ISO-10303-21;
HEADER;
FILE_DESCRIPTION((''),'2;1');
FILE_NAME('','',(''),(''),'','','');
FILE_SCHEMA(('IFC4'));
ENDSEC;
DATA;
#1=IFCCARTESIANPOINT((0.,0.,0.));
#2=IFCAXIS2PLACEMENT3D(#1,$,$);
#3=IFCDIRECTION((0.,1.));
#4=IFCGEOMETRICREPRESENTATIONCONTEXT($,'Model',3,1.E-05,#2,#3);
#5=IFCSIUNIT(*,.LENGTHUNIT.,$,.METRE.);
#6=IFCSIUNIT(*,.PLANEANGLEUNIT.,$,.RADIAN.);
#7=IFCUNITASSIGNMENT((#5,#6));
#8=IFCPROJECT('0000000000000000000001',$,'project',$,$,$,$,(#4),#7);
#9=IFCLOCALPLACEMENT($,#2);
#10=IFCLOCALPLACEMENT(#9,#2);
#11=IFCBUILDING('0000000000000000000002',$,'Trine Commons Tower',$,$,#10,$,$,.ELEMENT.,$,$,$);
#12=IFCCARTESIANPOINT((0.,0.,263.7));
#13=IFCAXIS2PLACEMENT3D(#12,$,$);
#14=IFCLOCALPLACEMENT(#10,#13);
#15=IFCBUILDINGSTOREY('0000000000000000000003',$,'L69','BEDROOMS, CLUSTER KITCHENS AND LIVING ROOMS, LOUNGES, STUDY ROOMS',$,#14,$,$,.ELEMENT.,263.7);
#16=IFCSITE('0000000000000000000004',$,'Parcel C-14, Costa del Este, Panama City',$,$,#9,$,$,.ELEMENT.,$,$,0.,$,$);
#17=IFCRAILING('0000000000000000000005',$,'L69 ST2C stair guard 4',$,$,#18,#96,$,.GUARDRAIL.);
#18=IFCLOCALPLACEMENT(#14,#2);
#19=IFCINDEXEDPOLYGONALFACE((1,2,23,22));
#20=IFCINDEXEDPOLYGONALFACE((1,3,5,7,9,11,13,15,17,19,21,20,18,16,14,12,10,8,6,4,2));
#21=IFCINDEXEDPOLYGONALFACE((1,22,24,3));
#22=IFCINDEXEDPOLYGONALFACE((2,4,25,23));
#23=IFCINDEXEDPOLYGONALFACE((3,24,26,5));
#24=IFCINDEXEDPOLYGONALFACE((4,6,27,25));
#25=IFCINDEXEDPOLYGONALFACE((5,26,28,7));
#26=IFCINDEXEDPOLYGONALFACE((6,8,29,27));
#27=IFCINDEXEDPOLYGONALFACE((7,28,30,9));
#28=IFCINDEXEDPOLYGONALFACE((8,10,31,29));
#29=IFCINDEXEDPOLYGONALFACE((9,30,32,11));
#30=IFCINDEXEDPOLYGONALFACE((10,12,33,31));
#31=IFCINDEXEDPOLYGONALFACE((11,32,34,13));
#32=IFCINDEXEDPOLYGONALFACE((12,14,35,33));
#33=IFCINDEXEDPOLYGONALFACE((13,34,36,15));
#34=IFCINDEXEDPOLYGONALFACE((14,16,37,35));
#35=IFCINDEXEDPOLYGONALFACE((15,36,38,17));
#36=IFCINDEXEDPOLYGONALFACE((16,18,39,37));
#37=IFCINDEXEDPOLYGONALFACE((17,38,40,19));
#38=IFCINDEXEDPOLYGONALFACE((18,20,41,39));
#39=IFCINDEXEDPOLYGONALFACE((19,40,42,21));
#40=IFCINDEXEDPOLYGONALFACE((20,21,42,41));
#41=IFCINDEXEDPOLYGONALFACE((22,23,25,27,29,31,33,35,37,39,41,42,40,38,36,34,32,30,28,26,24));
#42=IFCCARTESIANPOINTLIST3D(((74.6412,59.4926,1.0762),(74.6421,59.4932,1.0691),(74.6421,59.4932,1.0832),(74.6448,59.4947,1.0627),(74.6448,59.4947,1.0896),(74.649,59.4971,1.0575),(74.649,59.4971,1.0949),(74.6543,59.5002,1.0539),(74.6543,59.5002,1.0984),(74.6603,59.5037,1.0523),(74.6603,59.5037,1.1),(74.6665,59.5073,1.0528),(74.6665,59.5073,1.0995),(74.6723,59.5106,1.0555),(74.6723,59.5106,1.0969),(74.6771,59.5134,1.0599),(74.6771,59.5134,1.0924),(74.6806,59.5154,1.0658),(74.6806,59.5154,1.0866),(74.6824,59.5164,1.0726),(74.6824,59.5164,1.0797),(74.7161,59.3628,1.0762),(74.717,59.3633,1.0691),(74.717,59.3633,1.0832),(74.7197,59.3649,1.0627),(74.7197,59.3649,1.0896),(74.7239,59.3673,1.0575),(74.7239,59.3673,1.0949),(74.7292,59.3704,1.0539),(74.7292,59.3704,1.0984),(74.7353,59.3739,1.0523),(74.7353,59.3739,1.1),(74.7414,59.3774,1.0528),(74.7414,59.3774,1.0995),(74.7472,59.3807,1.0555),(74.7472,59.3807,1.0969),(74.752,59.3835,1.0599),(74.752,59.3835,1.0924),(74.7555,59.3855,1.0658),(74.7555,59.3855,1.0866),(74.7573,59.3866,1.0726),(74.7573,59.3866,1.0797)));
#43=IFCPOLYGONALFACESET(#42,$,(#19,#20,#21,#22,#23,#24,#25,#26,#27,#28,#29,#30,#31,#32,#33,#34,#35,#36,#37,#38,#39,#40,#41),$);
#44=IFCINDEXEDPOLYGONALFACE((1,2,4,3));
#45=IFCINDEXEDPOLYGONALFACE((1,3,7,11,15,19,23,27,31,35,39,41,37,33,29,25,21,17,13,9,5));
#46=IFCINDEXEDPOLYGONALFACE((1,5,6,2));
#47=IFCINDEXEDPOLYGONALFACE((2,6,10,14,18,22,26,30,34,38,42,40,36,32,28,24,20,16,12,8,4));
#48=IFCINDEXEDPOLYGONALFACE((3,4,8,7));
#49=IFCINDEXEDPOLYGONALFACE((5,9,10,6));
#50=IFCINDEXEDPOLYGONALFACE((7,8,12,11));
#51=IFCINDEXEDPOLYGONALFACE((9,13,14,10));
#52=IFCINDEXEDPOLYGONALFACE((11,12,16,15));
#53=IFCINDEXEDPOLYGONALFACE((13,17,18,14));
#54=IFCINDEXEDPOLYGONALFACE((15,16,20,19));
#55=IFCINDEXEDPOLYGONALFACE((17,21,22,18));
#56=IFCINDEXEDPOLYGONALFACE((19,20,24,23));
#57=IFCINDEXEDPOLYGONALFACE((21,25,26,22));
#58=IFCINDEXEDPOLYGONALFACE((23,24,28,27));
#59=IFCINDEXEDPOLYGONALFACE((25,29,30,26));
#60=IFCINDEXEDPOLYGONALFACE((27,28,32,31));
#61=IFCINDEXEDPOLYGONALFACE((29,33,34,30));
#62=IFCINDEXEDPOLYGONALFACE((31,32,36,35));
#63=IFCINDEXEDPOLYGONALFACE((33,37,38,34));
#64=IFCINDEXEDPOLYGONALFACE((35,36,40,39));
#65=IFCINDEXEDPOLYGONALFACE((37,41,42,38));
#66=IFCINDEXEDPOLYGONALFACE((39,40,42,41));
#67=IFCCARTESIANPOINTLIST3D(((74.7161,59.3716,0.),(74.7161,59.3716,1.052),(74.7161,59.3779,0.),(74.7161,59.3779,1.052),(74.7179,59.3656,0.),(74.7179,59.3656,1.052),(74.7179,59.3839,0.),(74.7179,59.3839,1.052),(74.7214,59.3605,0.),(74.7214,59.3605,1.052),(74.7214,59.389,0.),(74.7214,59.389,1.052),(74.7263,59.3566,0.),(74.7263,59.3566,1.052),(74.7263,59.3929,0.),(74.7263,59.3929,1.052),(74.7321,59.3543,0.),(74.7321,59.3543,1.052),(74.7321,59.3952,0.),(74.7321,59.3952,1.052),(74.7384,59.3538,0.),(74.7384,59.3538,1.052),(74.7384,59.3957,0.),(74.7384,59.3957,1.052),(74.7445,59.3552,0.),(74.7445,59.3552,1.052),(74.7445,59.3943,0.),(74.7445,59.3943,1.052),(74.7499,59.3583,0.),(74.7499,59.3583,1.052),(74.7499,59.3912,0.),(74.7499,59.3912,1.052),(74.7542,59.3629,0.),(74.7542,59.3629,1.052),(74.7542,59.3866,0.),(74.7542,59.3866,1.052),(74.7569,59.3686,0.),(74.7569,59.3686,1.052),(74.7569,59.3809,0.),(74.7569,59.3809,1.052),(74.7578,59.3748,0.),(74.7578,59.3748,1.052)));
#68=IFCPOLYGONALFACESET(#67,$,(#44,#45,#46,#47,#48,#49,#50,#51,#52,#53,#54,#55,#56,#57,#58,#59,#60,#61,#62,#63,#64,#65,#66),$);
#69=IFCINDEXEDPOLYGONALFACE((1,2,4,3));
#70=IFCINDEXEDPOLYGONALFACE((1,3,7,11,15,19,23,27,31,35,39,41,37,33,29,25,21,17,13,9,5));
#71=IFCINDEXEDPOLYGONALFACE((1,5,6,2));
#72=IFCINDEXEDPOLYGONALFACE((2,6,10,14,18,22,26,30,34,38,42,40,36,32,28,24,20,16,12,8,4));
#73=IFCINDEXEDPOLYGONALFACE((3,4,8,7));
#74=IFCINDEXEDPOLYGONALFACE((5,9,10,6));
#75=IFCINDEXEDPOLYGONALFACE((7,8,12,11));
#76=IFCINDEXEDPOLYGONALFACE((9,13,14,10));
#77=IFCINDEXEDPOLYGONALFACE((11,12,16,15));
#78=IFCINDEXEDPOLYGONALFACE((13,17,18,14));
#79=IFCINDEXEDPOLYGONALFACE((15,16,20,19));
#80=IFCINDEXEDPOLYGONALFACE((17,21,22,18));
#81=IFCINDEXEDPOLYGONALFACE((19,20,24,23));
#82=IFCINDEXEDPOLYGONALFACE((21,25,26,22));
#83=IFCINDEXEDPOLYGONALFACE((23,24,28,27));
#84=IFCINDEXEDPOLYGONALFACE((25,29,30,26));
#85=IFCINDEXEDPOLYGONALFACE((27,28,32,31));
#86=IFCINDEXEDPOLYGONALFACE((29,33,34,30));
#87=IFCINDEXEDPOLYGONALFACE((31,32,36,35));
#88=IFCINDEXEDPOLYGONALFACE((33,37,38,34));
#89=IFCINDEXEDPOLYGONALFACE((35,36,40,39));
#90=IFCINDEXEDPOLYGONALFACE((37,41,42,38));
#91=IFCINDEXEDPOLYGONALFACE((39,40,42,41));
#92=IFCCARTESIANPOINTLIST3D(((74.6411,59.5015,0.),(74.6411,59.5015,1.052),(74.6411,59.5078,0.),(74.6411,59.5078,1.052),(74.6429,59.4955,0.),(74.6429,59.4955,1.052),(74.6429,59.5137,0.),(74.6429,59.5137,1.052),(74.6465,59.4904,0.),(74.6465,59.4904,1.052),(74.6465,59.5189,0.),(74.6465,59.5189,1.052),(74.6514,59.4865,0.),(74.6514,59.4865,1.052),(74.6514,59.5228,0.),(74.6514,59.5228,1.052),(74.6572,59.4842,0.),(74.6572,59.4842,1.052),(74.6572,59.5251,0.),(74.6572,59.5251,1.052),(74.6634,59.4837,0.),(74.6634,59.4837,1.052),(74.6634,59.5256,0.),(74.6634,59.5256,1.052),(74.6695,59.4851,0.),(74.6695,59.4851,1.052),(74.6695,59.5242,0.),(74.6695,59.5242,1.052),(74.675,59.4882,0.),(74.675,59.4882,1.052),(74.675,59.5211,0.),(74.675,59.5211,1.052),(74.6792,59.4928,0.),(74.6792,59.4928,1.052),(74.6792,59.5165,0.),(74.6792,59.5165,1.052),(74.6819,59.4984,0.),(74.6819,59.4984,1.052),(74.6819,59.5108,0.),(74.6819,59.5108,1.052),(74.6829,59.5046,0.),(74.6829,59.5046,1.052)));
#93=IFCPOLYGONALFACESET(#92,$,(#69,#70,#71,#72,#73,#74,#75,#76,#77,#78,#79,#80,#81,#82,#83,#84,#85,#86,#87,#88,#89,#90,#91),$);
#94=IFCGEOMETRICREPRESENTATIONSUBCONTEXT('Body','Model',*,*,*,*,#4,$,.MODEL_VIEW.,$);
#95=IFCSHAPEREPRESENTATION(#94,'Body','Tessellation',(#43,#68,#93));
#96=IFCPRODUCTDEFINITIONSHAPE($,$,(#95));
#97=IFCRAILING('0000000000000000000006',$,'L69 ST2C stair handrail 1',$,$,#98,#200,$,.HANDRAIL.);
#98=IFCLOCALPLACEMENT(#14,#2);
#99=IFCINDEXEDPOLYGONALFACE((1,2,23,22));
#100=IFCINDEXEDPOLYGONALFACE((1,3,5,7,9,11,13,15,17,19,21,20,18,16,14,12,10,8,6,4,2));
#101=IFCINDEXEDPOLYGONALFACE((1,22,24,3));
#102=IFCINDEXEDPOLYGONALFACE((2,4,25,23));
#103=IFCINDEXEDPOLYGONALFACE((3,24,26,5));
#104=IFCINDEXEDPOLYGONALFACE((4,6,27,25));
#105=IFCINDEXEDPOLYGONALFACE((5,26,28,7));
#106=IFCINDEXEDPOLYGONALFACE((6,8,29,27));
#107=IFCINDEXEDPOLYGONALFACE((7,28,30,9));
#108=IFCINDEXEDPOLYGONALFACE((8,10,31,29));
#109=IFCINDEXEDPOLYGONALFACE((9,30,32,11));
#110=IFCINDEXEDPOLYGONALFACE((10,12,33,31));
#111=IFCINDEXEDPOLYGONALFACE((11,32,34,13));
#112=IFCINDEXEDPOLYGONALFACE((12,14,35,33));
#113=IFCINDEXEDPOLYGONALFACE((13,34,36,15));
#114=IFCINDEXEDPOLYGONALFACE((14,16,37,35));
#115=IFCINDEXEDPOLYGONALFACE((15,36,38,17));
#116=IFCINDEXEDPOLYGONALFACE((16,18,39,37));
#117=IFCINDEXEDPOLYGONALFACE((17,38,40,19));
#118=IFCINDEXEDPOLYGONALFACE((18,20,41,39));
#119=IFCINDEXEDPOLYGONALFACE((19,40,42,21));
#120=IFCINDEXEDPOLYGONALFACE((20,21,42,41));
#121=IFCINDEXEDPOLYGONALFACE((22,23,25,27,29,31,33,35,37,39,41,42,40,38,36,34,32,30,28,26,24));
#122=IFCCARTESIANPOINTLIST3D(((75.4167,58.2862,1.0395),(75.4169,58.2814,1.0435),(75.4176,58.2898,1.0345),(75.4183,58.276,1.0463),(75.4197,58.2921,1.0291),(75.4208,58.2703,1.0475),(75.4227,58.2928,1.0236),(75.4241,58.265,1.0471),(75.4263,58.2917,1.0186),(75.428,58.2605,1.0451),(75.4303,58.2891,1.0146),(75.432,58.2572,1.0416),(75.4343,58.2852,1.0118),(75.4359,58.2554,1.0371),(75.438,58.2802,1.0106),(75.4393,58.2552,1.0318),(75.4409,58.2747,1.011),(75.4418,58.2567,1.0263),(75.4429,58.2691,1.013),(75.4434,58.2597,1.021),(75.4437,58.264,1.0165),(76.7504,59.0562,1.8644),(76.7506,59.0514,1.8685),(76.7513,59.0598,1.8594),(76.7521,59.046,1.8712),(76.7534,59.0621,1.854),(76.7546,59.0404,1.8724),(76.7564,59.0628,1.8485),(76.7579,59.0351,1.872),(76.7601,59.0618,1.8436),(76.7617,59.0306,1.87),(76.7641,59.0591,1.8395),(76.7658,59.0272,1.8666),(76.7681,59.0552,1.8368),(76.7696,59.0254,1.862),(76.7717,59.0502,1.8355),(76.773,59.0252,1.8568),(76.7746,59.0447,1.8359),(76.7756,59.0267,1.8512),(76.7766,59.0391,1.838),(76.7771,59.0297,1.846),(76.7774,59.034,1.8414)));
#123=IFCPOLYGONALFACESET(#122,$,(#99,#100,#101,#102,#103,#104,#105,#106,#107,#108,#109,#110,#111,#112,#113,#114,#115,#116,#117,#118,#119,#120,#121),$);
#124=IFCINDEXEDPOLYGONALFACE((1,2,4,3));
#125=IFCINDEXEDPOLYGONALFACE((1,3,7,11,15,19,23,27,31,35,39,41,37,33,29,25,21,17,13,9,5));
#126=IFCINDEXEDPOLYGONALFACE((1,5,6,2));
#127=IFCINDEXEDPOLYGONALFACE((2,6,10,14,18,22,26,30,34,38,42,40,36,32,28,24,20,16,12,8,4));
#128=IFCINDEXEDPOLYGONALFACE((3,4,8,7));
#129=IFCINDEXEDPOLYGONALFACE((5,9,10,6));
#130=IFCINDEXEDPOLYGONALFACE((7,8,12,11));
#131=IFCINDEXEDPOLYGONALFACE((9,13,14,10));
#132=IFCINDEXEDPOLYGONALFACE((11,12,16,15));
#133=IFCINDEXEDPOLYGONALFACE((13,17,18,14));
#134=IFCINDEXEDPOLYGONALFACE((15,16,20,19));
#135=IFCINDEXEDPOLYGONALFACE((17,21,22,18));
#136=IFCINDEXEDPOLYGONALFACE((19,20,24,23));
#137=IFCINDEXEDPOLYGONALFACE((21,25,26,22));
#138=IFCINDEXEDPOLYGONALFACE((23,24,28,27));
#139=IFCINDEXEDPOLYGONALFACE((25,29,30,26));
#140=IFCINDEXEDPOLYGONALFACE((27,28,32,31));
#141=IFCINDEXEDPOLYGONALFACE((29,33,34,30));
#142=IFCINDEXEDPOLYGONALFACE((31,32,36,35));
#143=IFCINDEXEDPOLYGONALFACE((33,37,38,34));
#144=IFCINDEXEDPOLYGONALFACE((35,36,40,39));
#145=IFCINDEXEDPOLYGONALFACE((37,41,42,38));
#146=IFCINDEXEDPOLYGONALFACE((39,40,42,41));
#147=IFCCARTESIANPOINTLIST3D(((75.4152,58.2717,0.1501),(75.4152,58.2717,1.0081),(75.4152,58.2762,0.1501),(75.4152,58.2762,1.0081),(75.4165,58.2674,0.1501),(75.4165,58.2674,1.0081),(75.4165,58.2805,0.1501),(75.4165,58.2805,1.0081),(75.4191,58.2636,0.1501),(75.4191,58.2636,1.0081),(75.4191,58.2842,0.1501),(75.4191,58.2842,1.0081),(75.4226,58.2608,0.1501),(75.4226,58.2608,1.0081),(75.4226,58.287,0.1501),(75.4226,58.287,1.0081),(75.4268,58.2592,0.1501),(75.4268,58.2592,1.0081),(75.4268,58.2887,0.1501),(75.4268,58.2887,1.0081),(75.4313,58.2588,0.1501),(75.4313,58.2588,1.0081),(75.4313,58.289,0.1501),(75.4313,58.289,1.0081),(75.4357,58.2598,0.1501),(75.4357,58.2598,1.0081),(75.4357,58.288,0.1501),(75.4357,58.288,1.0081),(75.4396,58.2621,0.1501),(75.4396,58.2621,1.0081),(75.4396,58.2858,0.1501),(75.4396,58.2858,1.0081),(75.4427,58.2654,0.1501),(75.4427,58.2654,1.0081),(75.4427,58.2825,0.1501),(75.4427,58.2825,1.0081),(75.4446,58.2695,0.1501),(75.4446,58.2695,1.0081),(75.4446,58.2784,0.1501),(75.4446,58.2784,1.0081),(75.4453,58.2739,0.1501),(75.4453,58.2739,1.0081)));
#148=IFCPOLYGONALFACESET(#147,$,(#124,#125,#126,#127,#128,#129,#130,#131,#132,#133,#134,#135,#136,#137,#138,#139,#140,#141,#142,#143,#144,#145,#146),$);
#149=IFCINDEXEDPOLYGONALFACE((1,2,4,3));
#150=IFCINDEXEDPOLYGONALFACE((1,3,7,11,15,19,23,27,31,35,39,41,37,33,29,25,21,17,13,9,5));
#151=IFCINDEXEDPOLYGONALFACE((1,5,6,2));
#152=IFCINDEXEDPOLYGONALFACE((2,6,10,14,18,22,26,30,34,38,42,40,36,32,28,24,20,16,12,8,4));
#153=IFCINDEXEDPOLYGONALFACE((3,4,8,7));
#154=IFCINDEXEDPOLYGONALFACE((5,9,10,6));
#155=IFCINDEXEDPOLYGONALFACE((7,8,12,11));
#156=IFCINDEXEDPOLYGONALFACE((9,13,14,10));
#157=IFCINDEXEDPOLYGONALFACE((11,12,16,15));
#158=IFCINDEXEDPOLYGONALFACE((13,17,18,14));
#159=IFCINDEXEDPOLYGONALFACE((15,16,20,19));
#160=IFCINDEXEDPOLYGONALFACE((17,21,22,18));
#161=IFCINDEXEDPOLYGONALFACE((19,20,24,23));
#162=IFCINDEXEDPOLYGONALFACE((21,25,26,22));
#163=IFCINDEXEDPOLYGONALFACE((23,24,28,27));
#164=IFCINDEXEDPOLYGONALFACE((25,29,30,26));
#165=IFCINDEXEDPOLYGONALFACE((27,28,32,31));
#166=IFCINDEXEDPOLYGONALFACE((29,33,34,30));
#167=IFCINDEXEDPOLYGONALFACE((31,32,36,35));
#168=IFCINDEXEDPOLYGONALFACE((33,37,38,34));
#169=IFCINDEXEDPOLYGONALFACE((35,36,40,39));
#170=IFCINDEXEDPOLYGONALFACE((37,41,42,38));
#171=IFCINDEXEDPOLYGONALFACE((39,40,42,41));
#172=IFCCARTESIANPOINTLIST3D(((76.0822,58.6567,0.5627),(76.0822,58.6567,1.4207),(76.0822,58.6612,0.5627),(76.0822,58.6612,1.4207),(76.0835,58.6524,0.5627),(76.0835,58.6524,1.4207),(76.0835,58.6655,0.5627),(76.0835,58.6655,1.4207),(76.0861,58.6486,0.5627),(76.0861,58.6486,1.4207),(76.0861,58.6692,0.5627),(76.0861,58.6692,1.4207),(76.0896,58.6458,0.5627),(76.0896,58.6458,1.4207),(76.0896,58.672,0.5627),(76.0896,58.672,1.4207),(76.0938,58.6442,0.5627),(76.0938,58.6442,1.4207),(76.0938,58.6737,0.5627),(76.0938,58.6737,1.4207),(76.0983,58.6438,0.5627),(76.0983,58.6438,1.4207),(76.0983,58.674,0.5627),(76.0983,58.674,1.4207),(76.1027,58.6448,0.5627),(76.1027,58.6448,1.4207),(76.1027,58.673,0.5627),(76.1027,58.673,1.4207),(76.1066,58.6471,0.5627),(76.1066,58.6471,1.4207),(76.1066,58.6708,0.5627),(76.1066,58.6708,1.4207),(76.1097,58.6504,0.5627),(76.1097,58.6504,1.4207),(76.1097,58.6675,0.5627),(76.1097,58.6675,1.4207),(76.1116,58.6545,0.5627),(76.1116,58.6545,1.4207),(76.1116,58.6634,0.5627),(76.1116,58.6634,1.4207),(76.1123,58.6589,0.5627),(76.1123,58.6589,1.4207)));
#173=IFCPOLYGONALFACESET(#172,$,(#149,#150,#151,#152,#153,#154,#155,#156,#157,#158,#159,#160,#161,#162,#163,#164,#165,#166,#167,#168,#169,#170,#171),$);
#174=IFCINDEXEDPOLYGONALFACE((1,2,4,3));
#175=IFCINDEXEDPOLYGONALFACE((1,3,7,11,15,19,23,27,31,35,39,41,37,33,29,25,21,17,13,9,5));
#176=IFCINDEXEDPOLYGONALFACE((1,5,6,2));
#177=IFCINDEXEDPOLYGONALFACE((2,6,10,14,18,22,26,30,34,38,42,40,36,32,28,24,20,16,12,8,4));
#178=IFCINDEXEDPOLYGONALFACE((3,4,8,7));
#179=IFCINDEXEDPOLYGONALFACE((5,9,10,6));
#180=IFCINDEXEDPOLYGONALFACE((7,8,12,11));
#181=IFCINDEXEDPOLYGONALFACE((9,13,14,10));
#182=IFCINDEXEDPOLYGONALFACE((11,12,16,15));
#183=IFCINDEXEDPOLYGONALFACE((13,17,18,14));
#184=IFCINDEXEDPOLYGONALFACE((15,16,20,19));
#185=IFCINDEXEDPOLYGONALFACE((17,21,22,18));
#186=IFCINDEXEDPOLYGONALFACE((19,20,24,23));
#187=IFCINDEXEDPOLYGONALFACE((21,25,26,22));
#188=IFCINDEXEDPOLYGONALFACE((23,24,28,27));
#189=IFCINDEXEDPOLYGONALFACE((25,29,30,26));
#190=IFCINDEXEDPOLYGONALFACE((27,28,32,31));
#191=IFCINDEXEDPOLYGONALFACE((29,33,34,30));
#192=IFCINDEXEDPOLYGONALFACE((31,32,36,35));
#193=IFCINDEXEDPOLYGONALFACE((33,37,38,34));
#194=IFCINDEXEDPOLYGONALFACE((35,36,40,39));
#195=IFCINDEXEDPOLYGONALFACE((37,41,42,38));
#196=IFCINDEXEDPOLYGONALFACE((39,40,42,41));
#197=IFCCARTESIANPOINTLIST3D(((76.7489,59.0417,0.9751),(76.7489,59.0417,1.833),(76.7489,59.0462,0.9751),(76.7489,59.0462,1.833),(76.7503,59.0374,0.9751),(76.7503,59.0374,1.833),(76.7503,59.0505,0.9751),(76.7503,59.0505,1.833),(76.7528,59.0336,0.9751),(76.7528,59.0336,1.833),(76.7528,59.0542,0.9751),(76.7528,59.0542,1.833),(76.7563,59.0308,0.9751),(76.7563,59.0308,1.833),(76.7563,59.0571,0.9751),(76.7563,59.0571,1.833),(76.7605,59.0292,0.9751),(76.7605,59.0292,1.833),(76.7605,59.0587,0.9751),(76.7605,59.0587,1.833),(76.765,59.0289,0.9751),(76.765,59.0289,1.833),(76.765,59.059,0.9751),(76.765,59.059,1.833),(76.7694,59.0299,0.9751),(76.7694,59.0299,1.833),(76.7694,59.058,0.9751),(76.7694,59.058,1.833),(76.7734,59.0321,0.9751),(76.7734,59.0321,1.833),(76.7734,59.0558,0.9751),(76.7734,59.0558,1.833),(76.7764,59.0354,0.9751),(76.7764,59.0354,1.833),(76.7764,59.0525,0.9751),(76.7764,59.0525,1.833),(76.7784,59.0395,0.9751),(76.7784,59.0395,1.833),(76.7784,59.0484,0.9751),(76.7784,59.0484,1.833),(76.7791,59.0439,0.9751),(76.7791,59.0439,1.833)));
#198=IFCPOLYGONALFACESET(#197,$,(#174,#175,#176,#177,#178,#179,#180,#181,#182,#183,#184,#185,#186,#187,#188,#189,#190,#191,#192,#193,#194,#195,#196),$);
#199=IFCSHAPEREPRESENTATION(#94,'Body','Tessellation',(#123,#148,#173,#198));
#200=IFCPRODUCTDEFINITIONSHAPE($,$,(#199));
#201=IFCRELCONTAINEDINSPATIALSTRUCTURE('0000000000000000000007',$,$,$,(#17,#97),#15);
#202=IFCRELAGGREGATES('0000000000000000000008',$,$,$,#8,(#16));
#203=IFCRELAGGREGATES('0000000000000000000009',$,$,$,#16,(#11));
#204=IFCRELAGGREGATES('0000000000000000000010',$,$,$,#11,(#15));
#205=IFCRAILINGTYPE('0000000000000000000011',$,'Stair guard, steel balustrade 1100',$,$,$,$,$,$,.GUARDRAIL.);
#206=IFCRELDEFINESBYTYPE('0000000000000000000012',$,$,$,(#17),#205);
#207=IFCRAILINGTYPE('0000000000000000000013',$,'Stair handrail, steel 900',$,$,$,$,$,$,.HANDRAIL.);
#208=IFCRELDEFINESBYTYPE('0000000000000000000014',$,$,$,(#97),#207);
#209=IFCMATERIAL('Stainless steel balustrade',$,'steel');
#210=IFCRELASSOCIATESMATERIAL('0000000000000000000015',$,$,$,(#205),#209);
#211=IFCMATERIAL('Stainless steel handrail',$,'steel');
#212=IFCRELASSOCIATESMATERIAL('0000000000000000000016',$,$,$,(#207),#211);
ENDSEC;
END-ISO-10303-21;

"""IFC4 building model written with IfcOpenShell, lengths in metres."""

from ifc_helpers import new_model, si_unit, direction, frame, origin, origin_2d, place, context, subcontext, project, spatial, circle, extrude, material, type_object, element, save


model = new_model("IFC4")

# Units and contexts
model_context = context("Model", 3, precision=1e-05, world=origin(), true_north=direction((0.0, 1.0)))
body_context = subcontext(model_context, "Body", "Model", "MODEL_VIEW")
ifc_project = project(units=[si_unit("LENGTHUNIT", "METRE"), si_unit("PLANEANGLEUNIT", "RADIAN")], contexts=[model_context])

# Site, building, storey
site_placement = place(None, origin())
site = spatial("IfcSite", under=ifc_project, at=site_placement, Name="Parcel C-14, Costa del Este, Panama City", CompositionType="ELEMENT", RefElevation=0.0)
building_placement = place(site_placement, origin())
building = spatial("IfcBuilding", under=site, at=building_placement, Name="Trine Commons Tower", CompositionType="ELEMENT")
storey_placement = place(building_placement, frame((0.0, 0.0, 263.7)))
storey = spatial("IfcBuildingStorey", under=building, at=storey_placement, Name="L69", Description="BEDROOMS, CLUSTER KITCHENS AND LIVING ROOMS, LOUNGES, STUDY ROOMS", CompositionType="ELEMENT", Elevation=263.7)

# Railings
ifc_material_1 = material(Name="Stainless steel balustrade", Category="steel")
railing_type_1 = type_object("IfcRailingType", Name="Stair guard, steel balustrade 1100", PredefinedType="GUARDRAIL", material=ifc_material_1)
railing_1_placement = place(storey_placement, frame((74.7368, 59.3748, 0.0)))
element("IfcRailing", 1, at=railing_1_placement, inside=storey, type_object=railing_type_1, Name="L69 ST2C stair guard 4", PredefinedType="GUARDRAIL", context=body_context, shape_type="SweptSolid", body=[
    extrude(circle(Radius=0.0239, at=origin_2d()), frame((0.0, 0.0, 1.0762), z_axis=(-0.499816, 0.866131, 0.0), x_axis=(-0.866131, -0.499816, 0.0)), (0.0, 0.0, 1.0), 0.1499),
    extrude(circle(Radius=0.021, at=origin_2d()), origin(), (0.0, 0.0, 1.0), 1.052),
    extrude(circle(Radius=0.021, at=origin_2d()), frame((-0.075, 0.1299, 0.0)), (0.0, 0.0, 1.0), 1.052),
])
ifc_material_2 = material(Name="Stainless steel handrail", Category="steel")
railing_type_2 = type_object("IfcRailingType", Name="Stair handrail, steel 900", PredefinedType="HANDRAIL", material=ifc_material_2)
for number, where, name in (
    (2, (75.4302, 58.2739, 0.1501), "L69 ST2C stair handrail 1"),
):
    element("IfcRailing", number, at=place(storey_placement, frame(where)), inside=storey, type_object=railing_type_2, Name=name, PredefinedType="HANDRAIL", context=body_context, shape_type="SweptSolid", body=[
        extrude(circle(Radius=0.021, at=origin_2d()), frame((0.0, 0.0, 0.8789), z_axis=(0.763405, 0.440743, 0.472185), x_axis=(-0.499992, 0.86603, 0.0)), (0.0, 0.0, 1.0), 1.7471),
        extrude(circle(Radius=0.0151, at=origin_2d()), origin(), (0.0, 0.0, 1.0), 0.8579),
        extrude(circle(Radius=0.0151, at=origin_2d()), frame((0.667, 0.385, 0.4126)), (0.0, 0.0, 1.0), 0.8579),
        extrude(circle(Radius=0.0151, at=origin_2d()), frame((1.3337, 0.77, 0.825)), (0.0, 0.0, 1.0), 0.8579),
    ])

save(model, "model.ifc")
